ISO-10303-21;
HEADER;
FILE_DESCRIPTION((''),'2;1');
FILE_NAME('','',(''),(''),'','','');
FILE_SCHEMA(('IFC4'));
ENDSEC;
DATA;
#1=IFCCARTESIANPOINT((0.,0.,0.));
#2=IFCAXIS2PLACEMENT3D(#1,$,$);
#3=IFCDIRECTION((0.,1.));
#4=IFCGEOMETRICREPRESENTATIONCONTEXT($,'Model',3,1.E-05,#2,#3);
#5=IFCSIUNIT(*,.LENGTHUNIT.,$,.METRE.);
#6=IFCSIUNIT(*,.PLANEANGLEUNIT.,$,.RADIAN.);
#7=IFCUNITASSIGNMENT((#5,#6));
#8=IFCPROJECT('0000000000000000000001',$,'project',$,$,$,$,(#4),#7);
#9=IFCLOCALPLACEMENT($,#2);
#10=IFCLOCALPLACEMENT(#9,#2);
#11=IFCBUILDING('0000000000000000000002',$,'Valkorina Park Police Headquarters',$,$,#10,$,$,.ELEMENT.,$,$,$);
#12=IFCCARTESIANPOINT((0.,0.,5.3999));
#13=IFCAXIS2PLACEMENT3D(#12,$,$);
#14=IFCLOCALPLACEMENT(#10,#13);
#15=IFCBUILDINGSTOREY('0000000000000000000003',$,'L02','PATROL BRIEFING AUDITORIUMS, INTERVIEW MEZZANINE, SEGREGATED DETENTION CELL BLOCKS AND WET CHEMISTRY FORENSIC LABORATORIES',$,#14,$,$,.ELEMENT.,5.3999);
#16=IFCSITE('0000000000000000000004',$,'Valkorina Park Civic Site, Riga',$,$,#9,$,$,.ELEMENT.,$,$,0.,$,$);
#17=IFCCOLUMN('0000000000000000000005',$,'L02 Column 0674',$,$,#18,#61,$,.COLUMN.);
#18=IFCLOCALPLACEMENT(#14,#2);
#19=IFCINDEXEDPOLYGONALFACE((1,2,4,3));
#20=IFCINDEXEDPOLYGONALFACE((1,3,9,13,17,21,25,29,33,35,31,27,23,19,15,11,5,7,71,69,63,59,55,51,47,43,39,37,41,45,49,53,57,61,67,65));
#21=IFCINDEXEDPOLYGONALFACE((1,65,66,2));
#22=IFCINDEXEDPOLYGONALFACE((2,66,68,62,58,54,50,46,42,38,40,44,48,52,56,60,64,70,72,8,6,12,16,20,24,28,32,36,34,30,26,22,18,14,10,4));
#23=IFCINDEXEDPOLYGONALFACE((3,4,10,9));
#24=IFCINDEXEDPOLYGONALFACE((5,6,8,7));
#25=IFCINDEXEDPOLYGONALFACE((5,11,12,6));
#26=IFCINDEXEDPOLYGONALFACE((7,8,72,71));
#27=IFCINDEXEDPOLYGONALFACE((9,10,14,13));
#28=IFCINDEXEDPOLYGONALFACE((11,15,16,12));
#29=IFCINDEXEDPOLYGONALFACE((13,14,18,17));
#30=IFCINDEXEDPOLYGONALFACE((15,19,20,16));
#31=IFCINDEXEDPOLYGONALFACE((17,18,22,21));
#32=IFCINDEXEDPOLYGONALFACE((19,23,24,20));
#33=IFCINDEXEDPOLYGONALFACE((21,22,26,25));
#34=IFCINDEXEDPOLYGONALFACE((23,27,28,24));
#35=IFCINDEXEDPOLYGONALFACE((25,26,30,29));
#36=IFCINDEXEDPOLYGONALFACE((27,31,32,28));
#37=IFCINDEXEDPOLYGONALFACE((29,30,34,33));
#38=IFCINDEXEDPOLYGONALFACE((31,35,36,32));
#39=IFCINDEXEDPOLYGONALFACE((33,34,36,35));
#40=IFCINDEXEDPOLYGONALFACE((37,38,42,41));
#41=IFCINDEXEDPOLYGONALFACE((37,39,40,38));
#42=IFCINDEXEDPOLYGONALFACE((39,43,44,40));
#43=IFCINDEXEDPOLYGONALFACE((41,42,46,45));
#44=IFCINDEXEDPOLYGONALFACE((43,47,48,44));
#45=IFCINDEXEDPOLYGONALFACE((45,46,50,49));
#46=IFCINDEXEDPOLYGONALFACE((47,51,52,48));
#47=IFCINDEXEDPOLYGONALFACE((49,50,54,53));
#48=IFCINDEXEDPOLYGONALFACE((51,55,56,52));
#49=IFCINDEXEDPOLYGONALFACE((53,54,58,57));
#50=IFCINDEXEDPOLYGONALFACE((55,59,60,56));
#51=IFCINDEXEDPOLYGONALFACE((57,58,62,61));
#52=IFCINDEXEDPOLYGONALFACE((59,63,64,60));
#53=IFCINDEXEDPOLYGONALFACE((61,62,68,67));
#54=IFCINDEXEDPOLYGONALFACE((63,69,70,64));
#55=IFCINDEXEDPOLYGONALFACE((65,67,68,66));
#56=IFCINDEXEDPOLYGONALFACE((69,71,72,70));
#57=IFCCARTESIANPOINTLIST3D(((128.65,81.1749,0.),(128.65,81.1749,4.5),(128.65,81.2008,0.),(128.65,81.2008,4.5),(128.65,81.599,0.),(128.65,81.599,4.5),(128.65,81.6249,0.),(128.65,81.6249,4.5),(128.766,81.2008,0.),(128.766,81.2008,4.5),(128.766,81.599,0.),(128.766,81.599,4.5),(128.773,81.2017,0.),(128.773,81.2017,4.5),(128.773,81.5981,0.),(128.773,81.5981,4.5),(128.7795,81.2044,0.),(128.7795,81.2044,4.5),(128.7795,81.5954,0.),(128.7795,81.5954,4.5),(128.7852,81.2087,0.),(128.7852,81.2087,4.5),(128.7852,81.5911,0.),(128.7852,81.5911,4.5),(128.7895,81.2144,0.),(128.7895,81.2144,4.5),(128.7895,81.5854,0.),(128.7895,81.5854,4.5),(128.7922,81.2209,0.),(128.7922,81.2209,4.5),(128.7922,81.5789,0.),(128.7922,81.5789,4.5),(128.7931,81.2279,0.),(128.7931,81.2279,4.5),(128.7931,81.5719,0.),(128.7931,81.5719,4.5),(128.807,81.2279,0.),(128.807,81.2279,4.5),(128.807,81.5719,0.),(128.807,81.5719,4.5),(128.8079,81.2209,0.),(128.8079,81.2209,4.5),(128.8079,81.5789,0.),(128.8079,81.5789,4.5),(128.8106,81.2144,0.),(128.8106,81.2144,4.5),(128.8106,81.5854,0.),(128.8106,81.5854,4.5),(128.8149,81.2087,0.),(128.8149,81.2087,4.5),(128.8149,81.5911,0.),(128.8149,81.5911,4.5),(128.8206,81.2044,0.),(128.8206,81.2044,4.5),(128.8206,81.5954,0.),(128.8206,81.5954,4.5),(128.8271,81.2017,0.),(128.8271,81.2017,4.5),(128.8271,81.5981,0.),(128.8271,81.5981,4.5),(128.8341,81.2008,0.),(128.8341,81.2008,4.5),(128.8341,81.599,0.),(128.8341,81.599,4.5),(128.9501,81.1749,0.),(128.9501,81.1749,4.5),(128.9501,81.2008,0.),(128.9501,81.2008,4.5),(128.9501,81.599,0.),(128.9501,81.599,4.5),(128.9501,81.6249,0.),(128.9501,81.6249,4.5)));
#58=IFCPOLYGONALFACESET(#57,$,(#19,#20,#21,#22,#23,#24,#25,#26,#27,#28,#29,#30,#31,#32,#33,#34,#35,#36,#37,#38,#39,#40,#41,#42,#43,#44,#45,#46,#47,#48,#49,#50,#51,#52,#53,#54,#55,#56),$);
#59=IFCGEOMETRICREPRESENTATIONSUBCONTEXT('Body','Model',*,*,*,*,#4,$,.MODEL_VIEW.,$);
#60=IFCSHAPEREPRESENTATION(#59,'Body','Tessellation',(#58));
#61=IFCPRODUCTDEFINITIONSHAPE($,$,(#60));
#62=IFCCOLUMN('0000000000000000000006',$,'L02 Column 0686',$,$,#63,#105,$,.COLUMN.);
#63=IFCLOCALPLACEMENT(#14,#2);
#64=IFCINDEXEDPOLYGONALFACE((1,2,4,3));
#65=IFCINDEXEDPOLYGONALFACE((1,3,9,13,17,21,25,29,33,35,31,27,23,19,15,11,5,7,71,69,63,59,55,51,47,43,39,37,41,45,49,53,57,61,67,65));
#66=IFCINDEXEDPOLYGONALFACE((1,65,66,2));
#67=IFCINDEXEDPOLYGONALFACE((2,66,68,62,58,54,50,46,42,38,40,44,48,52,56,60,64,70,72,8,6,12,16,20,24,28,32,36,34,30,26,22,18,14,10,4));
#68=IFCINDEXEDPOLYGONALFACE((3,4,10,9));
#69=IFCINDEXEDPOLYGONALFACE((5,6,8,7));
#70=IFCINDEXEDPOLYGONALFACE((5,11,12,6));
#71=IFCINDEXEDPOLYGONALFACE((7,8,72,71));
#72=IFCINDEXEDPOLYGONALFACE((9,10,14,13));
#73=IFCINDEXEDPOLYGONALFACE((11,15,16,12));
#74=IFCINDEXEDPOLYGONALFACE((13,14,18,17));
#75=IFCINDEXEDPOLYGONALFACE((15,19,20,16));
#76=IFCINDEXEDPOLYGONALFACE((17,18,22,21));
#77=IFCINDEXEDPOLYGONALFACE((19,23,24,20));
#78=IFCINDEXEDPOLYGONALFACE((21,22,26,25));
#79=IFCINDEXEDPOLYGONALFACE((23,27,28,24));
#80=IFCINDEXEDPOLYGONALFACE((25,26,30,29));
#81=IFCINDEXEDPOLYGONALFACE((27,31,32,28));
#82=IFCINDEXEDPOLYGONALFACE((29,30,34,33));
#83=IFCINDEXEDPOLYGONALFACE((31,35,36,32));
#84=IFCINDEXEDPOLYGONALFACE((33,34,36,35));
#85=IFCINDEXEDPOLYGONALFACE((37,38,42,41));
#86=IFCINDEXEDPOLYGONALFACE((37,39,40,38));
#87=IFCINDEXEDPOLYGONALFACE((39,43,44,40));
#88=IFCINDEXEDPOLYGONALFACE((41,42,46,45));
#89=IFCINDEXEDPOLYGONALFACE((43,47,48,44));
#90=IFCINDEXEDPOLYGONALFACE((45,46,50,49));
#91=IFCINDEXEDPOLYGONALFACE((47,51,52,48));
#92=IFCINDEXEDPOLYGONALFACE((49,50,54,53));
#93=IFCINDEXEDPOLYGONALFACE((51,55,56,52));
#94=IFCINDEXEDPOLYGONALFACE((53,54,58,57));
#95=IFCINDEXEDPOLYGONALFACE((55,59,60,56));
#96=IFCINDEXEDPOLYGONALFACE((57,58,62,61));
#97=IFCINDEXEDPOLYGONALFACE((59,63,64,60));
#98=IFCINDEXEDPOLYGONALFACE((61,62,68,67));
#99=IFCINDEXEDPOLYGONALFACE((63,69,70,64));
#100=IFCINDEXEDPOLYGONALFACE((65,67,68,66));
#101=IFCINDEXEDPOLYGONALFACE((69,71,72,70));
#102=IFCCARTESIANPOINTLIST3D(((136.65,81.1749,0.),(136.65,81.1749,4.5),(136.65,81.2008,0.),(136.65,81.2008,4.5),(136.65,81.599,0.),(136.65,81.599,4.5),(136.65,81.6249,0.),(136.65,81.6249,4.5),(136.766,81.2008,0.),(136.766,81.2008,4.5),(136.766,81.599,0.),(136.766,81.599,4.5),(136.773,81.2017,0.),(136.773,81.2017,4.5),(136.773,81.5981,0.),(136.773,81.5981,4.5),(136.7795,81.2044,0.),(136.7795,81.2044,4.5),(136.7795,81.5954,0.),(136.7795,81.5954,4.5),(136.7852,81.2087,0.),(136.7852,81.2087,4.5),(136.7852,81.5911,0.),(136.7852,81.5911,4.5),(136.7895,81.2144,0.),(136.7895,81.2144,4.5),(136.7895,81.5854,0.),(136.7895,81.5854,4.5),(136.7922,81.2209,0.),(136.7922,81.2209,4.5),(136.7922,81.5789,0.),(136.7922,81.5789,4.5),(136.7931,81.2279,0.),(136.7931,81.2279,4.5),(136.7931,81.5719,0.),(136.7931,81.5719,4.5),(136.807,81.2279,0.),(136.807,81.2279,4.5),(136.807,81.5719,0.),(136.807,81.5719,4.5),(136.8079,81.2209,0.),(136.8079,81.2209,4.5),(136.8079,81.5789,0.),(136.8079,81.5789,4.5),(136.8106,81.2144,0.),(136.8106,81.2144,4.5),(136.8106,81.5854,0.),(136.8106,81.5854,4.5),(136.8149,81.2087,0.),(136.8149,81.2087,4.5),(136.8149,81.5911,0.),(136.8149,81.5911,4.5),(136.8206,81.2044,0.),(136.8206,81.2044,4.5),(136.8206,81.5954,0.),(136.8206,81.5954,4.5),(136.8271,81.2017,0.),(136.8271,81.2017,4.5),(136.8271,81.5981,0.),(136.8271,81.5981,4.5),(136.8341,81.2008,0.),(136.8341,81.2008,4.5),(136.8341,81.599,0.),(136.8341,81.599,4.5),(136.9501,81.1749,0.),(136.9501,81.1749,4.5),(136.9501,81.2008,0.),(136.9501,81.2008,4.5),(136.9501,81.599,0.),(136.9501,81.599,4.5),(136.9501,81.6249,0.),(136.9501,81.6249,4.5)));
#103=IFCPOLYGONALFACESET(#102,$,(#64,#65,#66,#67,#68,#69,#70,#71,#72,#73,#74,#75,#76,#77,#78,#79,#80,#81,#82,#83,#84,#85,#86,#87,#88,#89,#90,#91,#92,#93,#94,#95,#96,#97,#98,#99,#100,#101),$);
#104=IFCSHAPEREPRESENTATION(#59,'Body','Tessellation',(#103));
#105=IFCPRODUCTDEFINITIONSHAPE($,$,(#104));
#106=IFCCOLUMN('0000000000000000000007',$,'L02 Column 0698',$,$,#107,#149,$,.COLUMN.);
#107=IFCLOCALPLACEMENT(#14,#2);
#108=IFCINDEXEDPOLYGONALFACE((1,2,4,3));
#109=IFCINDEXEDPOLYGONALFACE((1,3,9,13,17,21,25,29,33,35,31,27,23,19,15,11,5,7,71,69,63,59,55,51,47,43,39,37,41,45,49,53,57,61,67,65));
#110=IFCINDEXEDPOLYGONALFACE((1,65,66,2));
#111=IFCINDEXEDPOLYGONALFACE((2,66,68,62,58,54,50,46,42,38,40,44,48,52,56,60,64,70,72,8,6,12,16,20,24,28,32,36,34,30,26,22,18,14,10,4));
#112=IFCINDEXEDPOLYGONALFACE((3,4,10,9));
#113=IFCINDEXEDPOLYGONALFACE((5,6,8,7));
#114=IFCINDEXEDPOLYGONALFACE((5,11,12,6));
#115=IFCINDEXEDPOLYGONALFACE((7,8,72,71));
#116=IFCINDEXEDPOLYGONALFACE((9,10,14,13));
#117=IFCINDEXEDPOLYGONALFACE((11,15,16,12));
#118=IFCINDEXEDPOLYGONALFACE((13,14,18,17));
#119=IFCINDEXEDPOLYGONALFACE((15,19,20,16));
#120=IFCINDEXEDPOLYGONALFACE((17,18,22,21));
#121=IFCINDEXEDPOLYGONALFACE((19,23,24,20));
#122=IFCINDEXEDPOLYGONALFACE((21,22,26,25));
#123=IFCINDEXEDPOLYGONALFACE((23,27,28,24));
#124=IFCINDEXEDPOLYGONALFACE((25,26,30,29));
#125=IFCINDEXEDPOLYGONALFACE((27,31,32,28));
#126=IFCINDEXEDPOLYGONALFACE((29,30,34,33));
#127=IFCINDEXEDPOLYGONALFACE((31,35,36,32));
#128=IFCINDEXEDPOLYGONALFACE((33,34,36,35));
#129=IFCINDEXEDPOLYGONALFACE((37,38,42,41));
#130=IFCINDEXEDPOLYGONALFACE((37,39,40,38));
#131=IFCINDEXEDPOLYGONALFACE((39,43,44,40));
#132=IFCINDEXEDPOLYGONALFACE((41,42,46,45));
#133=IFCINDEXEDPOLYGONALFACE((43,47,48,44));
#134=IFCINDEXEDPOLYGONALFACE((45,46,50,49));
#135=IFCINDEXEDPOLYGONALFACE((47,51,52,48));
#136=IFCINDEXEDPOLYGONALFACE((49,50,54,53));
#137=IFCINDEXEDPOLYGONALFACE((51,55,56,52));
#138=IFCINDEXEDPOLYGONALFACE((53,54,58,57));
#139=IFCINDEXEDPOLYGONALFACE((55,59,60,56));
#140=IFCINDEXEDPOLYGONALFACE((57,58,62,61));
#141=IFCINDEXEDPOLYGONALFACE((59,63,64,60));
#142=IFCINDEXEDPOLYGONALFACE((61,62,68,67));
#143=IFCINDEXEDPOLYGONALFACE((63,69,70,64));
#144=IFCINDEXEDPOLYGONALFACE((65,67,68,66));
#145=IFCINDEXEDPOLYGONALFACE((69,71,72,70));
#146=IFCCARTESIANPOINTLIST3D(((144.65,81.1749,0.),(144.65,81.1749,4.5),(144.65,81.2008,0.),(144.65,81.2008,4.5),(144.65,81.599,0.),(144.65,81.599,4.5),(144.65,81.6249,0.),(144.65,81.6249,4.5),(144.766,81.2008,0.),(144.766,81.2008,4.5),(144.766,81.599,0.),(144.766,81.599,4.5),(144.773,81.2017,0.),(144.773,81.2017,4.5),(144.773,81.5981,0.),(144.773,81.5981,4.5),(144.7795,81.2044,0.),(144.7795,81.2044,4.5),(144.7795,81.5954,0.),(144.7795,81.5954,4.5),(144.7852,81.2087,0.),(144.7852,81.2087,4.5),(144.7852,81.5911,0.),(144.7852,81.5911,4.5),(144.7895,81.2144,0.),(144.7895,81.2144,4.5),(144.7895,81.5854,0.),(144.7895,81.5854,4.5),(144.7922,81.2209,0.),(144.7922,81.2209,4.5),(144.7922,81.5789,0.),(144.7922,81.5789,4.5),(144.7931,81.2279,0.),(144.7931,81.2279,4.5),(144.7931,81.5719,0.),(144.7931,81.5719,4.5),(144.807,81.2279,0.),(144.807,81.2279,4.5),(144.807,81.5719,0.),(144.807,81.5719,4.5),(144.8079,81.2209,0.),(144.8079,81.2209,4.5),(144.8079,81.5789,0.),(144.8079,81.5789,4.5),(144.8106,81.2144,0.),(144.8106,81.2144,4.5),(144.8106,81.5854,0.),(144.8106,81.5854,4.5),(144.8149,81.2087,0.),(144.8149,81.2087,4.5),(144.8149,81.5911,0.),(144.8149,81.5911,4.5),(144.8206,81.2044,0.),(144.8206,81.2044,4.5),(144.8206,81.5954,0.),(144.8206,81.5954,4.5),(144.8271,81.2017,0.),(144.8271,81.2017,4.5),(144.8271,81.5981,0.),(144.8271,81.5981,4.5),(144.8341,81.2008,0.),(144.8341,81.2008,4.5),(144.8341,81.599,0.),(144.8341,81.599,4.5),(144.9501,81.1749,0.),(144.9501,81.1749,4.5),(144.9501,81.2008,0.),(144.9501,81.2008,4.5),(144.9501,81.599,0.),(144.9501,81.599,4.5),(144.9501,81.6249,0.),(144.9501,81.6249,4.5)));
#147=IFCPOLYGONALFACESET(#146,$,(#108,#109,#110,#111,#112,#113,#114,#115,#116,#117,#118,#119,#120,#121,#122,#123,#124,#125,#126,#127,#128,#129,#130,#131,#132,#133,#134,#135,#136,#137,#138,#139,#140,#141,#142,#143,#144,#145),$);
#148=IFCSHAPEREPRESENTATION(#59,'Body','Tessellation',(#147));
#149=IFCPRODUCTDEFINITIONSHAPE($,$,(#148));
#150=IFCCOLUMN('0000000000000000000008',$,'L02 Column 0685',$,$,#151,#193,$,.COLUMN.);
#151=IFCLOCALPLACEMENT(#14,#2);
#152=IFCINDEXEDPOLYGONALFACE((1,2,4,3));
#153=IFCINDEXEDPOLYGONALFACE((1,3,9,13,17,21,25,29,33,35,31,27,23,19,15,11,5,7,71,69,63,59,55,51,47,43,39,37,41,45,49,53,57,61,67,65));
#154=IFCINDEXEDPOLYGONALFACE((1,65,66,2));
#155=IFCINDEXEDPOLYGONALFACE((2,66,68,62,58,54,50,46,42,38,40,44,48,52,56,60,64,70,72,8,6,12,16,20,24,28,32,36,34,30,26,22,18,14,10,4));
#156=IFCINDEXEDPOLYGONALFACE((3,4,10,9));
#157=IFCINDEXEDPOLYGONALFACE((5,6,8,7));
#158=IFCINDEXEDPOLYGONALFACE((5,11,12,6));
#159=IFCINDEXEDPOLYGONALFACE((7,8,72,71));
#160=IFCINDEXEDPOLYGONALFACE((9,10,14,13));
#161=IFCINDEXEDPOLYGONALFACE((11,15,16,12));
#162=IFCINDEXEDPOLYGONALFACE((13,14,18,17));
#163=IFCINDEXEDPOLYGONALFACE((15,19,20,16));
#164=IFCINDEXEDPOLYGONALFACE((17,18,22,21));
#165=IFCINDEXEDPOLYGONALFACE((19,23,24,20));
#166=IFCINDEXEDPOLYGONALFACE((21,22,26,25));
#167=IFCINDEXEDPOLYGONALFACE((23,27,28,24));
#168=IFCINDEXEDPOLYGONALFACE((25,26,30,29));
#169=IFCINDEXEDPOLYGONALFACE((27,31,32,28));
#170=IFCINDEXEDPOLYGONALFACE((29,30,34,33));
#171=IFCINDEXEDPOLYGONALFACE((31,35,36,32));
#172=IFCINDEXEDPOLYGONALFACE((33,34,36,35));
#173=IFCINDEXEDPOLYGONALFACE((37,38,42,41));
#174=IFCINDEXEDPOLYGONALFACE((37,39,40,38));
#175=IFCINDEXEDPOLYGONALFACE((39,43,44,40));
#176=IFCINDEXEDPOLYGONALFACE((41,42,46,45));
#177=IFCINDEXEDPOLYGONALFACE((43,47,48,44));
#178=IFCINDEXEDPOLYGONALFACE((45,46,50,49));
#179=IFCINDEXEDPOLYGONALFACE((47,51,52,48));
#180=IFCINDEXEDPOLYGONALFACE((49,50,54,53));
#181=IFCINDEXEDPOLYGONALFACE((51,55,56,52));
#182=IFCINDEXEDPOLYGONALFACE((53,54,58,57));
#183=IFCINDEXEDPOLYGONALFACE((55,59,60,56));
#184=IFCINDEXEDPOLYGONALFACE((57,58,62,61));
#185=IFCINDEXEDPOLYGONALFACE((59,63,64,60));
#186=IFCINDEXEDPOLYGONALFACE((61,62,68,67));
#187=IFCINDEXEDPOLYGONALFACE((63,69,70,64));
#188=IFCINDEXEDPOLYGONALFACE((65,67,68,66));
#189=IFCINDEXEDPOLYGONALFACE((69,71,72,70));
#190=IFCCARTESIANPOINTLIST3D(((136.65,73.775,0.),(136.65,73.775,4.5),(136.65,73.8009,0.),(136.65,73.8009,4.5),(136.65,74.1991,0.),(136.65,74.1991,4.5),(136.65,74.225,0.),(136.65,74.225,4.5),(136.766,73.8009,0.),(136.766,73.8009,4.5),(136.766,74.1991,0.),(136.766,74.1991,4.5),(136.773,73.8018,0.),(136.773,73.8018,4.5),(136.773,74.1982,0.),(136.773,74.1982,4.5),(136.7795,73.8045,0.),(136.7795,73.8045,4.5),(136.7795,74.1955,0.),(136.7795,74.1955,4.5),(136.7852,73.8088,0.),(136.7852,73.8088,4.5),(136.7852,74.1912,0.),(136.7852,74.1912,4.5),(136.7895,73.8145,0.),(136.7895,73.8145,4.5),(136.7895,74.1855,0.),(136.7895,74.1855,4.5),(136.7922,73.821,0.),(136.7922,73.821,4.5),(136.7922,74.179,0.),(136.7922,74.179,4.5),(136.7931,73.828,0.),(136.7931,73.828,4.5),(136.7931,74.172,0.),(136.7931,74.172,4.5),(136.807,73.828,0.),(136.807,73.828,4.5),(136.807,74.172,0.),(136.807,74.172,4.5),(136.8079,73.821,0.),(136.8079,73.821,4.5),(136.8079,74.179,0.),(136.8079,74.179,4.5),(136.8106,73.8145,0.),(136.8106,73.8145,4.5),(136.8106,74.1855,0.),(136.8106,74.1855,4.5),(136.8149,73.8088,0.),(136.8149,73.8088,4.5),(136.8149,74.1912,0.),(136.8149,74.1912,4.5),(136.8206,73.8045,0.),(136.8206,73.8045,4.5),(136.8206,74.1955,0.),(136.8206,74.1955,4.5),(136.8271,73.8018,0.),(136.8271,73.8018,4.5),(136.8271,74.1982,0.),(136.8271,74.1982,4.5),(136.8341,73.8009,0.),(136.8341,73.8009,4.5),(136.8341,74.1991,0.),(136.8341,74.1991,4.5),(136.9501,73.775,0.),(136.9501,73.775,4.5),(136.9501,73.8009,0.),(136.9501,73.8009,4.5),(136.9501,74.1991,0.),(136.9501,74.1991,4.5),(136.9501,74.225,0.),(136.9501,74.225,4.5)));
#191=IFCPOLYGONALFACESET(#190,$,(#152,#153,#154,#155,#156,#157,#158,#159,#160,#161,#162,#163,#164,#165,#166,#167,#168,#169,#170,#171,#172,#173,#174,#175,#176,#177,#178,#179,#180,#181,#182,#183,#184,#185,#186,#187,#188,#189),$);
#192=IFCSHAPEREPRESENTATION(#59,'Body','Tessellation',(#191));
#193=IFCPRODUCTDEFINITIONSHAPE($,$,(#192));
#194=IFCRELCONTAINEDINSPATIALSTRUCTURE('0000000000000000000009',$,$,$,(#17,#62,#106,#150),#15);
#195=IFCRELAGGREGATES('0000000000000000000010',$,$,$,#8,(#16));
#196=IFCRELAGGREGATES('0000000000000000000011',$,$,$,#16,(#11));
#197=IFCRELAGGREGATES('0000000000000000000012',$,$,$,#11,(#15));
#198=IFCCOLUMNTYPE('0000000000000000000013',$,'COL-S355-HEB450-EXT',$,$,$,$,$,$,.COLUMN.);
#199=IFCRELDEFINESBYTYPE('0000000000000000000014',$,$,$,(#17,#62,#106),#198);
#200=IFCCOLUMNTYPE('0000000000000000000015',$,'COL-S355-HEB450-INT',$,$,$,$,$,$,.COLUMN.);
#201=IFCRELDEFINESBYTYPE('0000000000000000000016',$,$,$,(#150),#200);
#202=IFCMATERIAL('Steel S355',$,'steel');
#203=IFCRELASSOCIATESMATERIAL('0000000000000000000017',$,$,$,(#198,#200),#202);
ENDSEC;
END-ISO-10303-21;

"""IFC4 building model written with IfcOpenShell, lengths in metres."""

from ifc_helpers import new_model, si_unit, direction, frame, origin, origin_2d, place, context, subcontext, project, spatial, i_section, extrude, material, material_profile, profile_set, type_object, element, save


model = new_model("IFC4")

# Units and contexts
model_context = context("Model", 3, precision=1e-05, world=origin(), true_north=direction((0.0, 1.0)))
body_context = subcontext(model_context, "Body", "Model", "MODEL_VIEW")
ifc_project = project(units=[si_unit("LENGTHUNIT", "METRE"), si_unit("PLANEANGLEUNIT", "RADIAN")], contexts=[model_context])

# Site, building, storey
site_placement = place(None, origin())
site = spatial("IfcSite", under=ifc_project, at=site_placement, Name="Valkorina Park Civic Site, Riga", CompositionType="ELEMENT", RefElevation=0.0)
building_placement = place(site_placement, origin())
building = spatial("IfcBuilding", under=site, at=building_placement, Name="Valkorina Park Police Headquarters", CompositionType="ELEMENT")
storey_placement = place(building_placement, frame((0.0, 0.0, 5.3999)))
storey = spatial("IfcBuildingStorey", under=building, at=storey_placement, Name="L02", Description="PATROL BRIEFING AUDITORIUMS, INTERVIEW MEZZANINE, SEGREGATED DETENTION CELL BLOCKS AND WET CHEMISTRY FORENSIC LABORATORIES", CompositionType="ELEMENT", Elevation=5.3999)

# Columns
ifc_material = material(Name="Steel S355", Category="steel")
ifc_material_profile_1 = material_profile(ifc_material, i_section(OverallWidth=0.3, OverallDepth=0.45, WebThickness=0.0139, FlangeThickness=0.0259, FilletRadius=0.0271, at=origin_2d()), Name="HEB 450")
ifc_profile_set_1 = profile_set([ifc_material_profile_1], Name="Steel S355")
column_type_1 = type_object("IfcColumnType", Name="COL-S355-HEB450-EXT", PredefinedType="COLUMN", material=ifc_profile_set_1)
for number, where, z_axis, x_axis, name in (
    (1, (128.8, 81.3999, 0.0), (0.0, 0.0, 1.0), (1.0, 0.0, 0.0), "L02 Column 0674"),
    (2, (136.8, 81.3999, 0.0), (0.0, 0.0, 1.0), (1.0, 0.0, 0.0), "L02 Column 0686"),
    (3, (144.8, 81.3999, 0.0), (0.0, 0.0, 1.0), (1.0, 0.0, 0.0), "L02 Column 0698"),
):
    element("IfcColumn", number, at=place(storey_placement, frame(where, z_axis=z_axis, x_axis=x_axis)), inside=storey, type_object=column_type_1, Name=name, PredefinedType="COLUMN", context=body_context, shape_type="SweptSolid", body=[
        extrude(i_section(OverallWidth=0.3, OverallDepth=0.45, WebThickness=0.0139, FlangeThickness=0.0259, FilletRadius=0.0271, at=origin_2d()), origin(), (0.0, 0.0, 1.0), 4.5),
    ])
ifc_material_profile_2 = material_profile(ifc_material, i_section(OverallWidth=0.3, OverallDepth=0.45, WebThickness=0.0139, FlangeThickness=0.0259, FilletRadius=0.0271, at=origin_2d()), Name="HEB 450")
ifc_profile_set_2 = profile_set([ifc_material_profile_2], Name="Steel S355")
column_type_2 = type_object("IfcColumnType", Name="COL-S355-HEB450-INT", PredefinedType="COLUMN", material=ifc_profile_set_2)
for number, where, z_axis, x_axis, name in (
    (4, (136.8, 74.0, 0.0), (0.0, 0.0, 1.0), (1.0, 0.0, 0.0), "L02 Column 0685"),
):
    element("IfcColumn", number, at=place(storey_placement, frame(where, z_axis=z_axis, x_axis=x_axis)), inside=storey, type_object=column_type_2, Name=name, PredefinedType="COLUMN", context=body_context, shape_type="SweptSolid", body=[
        extrude(i_section(OverallWidth=0.3, OverallDepth=0.45, WebThickness=0.0139, FlangeThickness=0.0259, FilletRadius=0.0271, at=origin_2d()), origin(), (0.0, 0.0, 1.0), 4.5),
    ])

save(model, "model.ifc")
